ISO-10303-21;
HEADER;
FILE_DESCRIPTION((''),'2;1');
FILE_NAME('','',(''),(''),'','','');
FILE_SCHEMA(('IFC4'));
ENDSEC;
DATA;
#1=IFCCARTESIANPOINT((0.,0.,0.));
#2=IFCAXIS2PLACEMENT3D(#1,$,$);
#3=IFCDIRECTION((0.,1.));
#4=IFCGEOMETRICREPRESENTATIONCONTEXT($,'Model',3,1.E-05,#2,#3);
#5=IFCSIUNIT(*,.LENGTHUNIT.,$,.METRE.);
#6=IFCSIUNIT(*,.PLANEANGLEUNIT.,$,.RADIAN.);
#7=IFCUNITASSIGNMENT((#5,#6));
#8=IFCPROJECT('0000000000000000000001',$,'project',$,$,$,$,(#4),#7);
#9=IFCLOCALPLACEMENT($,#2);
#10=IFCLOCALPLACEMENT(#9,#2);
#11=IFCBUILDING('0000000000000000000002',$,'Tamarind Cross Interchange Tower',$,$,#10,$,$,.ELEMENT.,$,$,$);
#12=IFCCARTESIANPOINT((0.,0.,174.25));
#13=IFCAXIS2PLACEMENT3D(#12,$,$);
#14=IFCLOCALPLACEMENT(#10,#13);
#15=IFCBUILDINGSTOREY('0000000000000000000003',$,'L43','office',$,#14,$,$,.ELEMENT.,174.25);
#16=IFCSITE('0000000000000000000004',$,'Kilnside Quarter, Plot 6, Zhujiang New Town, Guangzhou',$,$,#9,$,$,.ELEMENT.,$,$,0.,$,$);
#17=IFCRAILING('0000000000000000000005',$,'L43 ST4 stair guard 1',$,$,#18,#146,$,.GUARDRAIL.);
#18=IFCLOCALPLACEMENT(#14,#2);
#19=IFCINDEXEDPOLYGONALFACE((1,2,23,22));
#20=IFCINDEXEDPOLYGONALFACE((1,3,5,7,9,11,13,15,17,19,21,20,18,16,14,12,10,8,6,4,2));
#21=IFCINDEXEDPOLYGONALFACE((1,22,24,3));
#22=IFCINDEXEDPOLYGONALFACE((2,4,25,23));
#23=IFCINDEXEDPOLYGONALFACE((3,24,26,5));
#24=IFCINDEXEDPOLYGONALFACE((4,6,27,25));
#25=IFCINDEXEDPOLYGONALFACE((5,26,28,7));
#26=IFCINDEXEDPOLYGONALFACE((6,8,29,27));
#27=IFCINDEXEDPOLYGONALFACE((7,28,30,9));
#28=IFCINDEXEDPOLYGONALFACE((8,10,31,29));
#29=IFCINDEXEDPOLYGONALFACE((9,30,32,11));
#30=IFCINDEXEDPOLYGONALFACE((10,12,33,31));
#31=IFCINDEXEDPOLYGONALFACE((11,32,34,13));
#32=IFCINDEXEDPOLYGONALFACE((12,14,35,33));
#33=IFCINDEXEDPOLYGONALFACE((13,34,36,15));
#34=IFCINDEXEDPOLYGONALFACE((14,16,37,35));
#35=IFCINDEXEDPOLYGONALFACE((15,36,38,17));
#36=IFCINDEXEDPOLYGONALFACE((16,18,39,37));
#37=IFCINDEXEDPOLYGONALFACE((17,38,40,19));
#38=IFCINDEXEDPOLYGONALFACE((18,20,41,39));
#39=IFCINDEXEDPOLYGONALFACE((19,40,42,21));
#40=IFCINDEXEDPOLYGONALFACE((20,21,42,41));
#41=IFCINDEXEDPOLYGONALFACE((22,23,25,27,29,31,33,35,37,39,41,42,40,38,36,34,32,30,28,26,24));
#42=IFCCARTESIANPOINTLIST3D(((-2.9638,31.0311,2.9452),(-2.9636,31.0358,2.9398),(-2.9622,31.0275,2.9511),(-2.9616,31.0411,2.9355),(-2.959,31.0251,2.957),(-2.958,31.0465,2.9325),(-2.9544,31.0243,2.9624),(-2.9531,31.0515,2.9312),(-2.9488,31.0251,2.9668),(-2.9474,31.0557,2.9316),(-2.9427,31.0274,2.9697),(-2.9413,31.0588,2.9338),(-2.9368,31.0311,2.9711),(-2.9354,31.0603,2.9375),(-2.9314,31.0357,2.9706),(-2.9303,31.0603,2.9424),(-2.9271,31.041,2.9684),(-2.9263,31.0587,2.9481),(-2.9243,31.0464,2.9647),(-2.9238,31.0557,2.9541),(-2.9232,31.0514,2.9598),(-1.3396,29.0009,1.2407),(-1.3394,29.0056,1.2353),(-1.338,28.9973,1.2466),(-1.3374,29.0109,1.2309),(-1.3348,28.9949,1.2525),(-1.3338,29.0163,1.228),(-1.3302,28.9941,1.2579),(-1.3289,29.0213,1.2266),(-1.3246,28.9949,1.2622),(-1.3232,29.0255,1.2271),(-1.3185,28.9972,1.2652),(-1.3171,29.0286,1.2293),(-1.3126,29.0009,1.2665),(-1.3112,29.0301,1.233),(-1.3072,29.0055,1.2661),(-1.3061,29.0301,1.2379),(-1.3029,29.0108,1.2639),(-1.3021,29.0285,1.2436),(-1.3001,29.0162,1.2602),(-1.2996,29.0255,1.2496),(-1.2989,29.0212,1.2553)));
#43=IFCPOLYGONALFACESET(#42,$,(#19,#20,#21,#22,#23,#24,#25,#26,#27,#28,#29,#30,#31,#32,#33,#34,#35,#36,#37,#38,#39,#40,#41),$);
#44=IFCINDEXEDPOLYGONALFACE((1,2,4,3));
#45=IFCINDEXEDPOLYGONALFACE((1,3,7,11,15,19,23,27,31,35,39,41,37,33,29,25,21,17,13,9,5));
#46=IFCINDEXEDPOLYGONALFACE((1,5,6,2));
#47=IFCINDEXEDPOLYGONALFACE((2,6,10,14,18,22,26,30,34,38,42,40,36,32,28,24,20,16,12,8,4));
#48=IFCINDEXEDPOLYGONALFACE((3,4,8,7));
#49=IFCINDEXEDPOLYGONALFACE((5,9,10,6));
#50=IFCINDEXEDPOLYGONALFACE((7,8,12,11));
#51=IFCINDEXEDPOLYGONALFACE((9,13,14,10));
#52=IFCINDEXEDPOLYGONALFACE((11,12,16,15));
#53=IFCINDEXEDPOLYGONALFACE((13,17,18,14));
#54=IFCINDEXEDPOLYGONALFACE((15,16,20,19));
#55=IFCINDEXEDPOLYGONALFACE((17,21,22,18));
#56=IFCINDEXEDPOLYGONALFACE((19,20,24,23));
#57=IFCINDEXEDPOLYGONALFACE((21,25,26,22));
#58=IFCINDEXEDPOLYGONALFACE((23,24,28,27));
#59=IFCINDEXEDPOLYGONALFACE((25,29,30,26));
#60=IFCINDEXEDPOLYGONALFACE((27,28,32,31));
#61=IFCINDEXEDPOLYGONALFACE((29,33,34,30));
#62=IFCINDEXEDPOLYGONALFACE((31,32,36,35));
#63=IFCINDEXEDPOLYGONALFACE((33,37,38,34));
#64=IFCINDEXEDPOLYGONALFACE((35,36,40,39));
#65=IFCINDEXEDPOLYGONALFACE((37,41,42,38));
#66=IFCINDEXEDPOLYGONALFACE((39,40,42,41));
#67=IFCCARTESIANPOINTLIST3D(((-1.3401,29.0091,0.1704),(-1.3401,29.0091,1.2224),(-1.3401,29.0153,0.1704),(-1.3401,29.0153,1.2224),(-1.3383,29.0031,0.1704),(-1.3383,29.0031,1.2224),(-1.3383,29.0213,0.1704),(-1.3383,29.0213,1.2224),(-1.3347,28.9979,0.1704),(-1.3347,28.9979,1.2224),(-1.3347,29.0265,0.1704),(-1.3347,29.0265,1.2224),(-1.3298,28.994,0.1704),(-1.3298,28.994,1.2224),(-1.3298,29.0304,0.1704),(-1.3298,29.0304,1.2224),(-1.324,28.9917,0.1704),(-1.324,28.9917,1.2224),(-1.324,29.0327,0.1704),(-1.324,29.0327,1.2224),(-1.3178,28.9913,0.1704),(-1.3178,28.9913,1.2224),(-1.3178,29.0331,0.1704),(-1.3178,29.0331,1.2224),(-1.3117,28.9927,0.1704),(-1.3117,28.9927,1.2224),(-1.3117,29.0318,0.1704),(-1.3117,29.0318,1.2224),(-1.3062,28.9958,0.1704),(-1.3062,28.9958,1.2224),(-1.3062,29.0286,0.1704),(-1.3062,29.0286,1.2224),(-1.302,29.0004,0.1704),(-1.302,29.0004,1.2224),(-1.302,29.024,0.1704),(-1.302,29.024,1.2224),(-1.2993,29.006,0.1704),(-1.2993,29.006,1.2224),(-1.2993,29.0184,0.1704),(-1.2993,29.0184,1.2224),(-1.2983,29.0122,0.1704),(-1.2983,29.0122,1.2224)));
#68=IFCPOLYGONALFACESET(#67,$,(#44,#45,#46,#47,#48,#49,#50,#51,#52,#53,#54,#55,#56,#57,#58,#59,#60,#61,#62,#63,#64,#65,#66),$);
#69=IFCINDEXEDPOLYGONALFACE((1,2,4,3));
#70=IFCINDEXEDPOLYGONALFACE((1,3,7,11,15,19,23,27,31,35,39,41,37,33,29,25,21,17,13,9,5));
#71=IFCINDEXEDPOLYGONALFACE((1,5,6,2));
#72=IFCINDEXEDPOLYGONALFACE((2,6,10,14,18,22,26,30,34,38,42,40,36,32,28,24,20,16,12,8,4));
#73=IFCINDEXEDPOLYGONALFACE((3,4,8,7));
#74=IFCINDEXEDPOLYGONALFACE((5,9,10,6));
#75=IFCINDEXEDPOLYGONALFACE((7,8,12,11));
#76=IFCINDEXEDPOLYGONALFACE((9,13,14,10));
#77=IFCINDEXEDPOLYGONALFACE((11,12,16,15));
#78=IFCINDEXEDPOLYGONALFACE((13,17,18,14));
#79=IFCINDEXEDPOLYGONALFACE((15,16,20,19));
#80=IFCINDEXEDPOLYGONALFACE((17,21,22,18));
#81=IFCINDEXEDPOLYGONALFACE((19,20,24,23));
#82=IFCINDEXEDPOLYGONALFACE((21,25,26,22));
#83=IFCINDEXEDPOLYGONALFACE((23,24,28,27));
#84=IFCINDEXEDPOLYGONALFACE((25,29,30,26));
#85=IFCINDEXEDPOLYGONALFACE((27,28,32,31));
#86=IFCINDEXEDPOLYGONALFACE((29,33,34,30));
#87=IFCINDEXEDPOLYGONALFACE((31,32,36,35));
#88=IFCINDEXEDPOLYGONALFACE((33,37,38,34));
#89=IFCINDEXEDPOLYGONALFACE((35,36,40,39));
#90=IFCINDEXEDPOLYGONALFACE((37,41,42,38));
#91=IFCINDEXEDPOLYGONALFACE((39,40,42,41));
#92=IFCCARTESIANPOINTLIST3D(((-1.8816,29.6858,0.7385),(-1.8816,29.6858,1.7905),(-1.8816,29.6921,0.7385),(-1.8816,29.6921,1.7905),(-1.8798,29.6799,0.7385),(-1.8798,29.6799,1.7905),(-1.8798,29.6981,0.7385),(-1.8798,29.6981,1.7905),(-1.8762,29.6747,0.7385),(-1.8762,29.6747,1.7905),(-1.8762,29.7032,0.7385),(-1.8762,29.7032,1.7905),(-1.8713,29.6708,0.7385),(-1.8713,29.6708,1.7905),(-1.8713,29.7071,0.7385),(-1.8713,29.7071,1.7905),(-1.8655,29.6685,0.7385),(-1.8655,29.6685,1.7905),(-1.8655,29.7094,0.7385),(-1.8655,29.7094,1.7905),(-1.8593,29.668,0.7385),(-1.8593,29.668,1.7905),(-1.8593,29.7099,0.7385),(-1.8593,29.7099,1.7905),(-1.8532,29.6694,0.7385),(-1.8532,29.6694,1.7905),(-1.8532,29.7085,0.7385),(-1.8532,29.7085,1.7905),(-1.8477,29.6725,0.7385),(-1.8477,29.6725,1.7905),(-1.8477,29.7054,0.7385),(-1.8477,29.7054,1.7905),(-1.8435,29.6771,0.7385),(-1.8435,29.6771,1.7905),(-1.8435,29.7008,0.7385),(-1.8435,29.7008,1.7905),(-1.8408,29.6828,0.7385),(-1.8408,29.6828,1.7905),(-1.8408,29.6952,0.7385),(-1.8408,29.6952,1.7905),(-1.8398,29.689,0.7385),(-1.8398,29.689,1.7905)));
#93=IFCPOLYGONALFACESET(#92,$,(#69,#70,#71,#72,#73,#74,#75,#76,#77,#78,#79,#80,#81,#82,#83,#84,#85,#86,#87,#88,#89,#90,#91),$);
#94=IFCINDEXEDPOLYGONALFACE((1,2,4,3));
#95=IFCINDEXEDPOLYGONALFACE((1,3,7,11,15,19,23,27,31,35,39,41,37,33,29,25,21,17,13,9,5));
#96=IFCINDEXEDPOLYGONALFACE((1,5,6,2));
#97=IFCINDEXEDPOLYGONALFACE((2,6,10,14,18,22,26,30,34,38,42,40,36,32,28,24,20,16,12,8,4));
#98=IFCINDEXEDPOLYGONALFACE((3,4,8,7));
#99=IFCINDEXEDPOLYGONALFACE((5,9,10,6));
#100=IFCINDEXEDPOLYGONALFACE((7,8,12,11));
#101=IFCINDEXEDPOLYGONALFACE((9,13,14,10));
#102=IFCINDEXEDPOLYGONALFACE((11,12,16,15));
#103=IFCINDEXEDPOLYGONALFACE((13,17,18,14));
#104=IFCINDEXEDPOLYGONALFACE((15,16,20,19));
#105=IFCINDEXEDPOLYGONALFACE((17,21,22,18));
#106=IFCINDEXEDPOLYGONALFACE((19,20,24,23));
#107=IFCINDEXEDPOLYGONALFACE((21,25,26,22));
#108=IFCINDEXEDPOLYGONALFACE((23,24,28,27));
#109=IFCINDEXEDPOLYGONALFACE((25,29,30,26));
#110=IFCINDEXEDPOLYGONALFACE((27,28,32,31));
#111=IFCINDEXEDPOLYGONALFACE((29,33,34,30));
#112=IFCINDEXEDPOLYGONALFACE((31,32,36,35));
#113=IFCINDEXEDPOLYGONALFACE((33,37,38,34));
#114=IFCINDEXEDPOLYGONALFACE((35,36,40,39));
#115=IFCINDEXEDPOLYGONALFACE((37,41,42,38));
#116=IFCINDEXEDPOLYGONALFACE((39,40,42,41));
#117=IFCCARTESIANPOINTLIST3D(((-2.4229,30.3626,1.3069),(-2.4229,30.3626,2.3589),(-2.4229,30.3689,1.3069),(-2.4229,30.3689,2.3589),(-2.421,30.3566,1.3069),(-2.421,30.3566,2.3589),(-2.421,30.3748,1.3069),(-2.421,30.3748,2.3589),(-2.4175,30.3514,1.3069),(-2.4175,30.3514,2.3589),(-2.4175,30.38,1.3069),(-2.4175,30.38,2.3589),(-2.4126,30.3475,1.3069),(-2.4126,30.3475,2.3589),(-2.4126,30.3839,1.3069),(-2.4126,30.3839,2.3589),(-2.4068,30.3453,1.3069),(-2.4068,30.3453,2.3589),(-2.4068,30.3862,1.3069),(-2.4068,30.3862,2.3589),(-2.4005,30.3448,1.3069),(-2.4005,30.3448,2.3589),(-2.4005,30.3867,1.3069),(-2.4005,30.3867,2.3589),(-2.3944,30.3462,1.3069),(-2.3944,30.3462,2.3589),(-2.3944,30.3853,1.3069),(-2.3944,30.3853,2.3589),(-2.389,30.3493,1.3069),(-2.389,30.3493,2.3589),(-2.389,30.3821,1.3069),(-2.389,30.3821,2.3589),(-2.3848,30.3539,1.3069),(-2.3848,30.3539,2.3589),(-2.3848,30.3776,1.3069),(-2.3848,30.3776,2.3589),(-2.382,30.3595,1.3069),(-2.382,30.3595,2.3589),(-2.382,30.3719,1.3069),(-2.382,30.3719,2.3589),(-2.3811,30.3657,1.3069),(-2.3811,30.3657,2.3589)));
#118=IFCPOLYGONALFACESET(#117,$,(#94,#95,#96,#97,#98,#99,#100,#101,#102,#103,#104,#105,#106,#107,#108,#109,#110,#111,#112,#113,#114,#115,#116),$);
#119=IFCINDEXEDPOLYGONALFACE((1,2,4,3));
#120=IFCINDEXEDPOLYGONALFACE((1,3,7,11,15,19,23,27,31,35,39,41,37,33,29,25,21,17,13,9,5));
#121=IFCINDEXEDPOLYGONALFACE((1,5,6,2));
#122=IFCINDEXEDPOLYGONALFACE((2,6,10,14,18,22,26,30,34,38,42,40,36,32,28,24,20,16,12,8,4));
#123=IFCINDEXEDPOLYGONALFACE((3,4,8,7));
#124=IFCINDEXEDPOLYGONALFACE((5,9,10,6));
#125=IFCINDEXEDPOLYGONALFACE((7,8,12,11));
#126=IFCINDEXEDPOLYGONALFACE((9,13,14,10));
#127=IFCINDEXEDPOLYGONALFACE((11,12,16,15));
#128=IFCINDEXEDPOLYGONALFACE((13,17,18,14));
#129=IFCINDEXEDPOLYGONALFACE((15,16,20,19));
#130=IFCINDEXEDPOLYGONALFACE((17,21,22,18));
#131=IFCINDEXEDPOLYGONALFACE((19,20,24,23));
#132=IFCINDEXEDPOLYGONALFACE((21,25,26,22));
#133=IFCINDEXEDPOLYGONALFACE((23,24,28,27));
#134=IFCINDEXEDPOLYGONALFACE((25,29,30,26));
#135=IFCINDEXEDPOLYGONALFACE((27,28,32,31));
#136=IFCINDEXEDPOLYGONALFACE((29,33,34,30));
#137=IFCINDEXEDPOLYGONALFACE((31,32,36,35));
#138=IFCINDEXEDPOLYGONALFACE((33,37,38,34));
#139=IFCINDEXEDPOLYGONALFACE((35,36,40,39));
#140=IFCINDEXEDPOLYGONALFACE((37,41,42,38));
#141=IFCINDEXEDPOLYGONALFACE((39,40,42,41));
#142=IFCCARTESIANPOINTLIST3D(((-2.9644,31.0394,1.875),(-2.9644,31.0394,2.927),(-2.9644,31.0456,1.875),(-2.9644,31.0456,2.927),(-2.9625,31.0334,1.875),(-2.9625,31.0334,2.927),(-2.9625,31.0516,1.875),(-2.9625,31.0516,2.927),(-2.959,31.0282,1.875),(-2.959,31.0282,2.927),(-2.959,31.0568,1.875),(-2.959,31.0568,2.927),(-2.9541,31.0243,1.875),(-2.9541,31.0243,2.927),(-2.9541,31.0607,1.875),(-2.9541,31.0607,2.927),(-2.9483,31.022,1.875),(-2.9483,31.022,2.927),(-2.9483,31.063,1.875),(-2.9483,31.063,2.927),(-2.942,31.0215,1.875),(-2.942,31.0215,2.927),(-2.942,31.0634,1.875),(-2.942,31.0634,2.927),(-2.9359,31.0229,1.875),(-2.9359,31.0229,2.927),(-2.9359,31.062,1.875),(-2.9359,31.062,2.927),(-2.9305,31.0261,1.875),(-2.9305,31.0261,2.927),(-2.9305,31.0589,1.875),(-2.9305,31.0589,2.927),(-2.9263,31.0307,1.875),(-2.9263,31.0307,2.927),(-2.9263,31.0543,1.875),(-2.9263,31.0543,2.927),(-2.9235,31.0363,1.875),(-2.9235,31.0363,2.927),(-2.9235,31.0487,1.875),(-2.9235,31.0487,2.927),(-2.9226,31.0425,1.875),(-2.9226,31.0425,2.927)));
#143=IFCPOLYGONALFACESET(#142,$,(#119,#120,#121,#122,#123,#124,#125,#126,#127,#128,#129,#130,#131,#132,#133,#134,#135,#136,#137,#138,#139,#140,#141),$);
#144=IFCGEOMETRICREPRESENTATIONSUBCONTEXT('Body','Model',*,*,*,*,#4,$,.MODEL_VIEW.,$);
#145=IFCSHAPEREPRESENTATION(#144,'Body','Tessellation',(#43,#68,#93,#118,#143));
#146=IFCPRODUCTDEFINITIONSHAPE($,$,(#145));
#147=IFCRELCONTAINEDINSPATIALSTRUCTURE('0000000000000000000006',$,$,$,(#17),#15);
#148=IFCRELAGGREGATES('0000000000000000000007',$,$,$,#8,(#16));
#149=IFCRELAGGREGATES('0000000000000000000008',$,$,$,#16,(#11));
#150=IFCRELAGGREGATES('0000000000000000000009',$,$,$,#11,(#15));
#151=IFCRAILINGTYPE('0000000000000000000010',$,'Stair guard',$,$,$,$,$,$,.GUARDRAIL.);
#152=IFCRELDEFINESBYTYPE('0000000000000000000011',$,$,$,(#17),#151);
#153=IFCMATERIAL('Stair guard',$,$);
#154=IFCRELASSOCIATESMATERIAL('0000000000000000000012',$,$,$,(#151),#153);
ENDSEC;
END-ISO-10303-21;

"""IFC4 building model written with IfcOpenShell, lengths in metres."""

from ifc_helpers import new_model, si_unit, direction, frame, origin, origin_2d, place, context, subcontext, project, spatial, circle, extrude, material, type_object, element, save


model = new_model("IFC4")

# Units and contexts
model_context = context("Model", 3, precision=1e-05, world=origin(), true_north=direction((0.0, 1.0)))
body_context = subcontext(model_context, "Body", "Model", "MODEL_VIEW")
ifc_project = project(units=[si_unit("LENGTHUNIT", "METRE"), si_unit("PLANEANGLEUNIT", "RADIAN")], contexts=[model_context])

# Site, building, storey
site_placement = place(None, origin())
site = spatial("IfcSite", under=ifc_project, at=site_placement, Name="Kilnside Quarter, Plot 6, Zhujiang New Town, Guangzhou", CompositionType="ELEMENT", RefElevation=0.0)
building_placement = place(site_placement, origin())
building = spatial("IfcBuilding", under=site, at=building_placement, Name="Tamarind Cross Interchange Tower", CompositionType="ELEMENT")
storey_placement = place(building_placement, frame((0.0, 0.0, 174.25)))
storey = spatial("IfcBuildingStorey", under=building, at=storey_placement, Name="L43", Description="office", CompositionType="ELEMENT", Elevation=174.25)

# Railing
ifc_material_1 = material(Name="Stair guard")
railing_type_1 = type_object("IfcRailingType", Name="Stair guard", PredefinedType="GUARDRAIL", material=ifc_material_1)
railing_1_placement = place(storey_placement, frame((-1.3193, 29.0122, 0.1704)))
element("IfcRailing", 1, at=railing_1_placement, inside=storey, type_object=railing_type_1, Name="L43 ST4 stair guard 1", PredefinedType="GUARDRAIL", context=body_context, shape_type="SweptSolid", body=[
    extrude(circle(Radius=0.0239, at=origin_2d()), frame((0.0, 0.0, 1.0762), z_axis=(-0.52244, 0.653031, 0.548276), x_axis=(-0.78086, -0.624706, 0.0)), (0.0, 0.0, 1.0), 3.1089),
    extrude(circle(Radius=0.021, at=origin_2d()), origin(), (0.0, 0.0, 1.0), 1.052),
    extrude(circle(Radius=0.021, at=origin_2d()), frame((-0.5415, 0.6768, 0.5681)), (0.0, 0.0, 1.0), 1.052),
    extrude(circle(Radius=0.021, at=origin_2d()), frame((-1.0828, 1.3535, 1.1365)), (0.0, 0.0, 1.0), 1.052),
    extrude(circle(Radius=0.021, at=origin_2d()), frame((-1.6243, 2.0303, 1.7046)), (0.0, 0.0, 1.0), 1.052),
])

save(model, "model.ifc")
